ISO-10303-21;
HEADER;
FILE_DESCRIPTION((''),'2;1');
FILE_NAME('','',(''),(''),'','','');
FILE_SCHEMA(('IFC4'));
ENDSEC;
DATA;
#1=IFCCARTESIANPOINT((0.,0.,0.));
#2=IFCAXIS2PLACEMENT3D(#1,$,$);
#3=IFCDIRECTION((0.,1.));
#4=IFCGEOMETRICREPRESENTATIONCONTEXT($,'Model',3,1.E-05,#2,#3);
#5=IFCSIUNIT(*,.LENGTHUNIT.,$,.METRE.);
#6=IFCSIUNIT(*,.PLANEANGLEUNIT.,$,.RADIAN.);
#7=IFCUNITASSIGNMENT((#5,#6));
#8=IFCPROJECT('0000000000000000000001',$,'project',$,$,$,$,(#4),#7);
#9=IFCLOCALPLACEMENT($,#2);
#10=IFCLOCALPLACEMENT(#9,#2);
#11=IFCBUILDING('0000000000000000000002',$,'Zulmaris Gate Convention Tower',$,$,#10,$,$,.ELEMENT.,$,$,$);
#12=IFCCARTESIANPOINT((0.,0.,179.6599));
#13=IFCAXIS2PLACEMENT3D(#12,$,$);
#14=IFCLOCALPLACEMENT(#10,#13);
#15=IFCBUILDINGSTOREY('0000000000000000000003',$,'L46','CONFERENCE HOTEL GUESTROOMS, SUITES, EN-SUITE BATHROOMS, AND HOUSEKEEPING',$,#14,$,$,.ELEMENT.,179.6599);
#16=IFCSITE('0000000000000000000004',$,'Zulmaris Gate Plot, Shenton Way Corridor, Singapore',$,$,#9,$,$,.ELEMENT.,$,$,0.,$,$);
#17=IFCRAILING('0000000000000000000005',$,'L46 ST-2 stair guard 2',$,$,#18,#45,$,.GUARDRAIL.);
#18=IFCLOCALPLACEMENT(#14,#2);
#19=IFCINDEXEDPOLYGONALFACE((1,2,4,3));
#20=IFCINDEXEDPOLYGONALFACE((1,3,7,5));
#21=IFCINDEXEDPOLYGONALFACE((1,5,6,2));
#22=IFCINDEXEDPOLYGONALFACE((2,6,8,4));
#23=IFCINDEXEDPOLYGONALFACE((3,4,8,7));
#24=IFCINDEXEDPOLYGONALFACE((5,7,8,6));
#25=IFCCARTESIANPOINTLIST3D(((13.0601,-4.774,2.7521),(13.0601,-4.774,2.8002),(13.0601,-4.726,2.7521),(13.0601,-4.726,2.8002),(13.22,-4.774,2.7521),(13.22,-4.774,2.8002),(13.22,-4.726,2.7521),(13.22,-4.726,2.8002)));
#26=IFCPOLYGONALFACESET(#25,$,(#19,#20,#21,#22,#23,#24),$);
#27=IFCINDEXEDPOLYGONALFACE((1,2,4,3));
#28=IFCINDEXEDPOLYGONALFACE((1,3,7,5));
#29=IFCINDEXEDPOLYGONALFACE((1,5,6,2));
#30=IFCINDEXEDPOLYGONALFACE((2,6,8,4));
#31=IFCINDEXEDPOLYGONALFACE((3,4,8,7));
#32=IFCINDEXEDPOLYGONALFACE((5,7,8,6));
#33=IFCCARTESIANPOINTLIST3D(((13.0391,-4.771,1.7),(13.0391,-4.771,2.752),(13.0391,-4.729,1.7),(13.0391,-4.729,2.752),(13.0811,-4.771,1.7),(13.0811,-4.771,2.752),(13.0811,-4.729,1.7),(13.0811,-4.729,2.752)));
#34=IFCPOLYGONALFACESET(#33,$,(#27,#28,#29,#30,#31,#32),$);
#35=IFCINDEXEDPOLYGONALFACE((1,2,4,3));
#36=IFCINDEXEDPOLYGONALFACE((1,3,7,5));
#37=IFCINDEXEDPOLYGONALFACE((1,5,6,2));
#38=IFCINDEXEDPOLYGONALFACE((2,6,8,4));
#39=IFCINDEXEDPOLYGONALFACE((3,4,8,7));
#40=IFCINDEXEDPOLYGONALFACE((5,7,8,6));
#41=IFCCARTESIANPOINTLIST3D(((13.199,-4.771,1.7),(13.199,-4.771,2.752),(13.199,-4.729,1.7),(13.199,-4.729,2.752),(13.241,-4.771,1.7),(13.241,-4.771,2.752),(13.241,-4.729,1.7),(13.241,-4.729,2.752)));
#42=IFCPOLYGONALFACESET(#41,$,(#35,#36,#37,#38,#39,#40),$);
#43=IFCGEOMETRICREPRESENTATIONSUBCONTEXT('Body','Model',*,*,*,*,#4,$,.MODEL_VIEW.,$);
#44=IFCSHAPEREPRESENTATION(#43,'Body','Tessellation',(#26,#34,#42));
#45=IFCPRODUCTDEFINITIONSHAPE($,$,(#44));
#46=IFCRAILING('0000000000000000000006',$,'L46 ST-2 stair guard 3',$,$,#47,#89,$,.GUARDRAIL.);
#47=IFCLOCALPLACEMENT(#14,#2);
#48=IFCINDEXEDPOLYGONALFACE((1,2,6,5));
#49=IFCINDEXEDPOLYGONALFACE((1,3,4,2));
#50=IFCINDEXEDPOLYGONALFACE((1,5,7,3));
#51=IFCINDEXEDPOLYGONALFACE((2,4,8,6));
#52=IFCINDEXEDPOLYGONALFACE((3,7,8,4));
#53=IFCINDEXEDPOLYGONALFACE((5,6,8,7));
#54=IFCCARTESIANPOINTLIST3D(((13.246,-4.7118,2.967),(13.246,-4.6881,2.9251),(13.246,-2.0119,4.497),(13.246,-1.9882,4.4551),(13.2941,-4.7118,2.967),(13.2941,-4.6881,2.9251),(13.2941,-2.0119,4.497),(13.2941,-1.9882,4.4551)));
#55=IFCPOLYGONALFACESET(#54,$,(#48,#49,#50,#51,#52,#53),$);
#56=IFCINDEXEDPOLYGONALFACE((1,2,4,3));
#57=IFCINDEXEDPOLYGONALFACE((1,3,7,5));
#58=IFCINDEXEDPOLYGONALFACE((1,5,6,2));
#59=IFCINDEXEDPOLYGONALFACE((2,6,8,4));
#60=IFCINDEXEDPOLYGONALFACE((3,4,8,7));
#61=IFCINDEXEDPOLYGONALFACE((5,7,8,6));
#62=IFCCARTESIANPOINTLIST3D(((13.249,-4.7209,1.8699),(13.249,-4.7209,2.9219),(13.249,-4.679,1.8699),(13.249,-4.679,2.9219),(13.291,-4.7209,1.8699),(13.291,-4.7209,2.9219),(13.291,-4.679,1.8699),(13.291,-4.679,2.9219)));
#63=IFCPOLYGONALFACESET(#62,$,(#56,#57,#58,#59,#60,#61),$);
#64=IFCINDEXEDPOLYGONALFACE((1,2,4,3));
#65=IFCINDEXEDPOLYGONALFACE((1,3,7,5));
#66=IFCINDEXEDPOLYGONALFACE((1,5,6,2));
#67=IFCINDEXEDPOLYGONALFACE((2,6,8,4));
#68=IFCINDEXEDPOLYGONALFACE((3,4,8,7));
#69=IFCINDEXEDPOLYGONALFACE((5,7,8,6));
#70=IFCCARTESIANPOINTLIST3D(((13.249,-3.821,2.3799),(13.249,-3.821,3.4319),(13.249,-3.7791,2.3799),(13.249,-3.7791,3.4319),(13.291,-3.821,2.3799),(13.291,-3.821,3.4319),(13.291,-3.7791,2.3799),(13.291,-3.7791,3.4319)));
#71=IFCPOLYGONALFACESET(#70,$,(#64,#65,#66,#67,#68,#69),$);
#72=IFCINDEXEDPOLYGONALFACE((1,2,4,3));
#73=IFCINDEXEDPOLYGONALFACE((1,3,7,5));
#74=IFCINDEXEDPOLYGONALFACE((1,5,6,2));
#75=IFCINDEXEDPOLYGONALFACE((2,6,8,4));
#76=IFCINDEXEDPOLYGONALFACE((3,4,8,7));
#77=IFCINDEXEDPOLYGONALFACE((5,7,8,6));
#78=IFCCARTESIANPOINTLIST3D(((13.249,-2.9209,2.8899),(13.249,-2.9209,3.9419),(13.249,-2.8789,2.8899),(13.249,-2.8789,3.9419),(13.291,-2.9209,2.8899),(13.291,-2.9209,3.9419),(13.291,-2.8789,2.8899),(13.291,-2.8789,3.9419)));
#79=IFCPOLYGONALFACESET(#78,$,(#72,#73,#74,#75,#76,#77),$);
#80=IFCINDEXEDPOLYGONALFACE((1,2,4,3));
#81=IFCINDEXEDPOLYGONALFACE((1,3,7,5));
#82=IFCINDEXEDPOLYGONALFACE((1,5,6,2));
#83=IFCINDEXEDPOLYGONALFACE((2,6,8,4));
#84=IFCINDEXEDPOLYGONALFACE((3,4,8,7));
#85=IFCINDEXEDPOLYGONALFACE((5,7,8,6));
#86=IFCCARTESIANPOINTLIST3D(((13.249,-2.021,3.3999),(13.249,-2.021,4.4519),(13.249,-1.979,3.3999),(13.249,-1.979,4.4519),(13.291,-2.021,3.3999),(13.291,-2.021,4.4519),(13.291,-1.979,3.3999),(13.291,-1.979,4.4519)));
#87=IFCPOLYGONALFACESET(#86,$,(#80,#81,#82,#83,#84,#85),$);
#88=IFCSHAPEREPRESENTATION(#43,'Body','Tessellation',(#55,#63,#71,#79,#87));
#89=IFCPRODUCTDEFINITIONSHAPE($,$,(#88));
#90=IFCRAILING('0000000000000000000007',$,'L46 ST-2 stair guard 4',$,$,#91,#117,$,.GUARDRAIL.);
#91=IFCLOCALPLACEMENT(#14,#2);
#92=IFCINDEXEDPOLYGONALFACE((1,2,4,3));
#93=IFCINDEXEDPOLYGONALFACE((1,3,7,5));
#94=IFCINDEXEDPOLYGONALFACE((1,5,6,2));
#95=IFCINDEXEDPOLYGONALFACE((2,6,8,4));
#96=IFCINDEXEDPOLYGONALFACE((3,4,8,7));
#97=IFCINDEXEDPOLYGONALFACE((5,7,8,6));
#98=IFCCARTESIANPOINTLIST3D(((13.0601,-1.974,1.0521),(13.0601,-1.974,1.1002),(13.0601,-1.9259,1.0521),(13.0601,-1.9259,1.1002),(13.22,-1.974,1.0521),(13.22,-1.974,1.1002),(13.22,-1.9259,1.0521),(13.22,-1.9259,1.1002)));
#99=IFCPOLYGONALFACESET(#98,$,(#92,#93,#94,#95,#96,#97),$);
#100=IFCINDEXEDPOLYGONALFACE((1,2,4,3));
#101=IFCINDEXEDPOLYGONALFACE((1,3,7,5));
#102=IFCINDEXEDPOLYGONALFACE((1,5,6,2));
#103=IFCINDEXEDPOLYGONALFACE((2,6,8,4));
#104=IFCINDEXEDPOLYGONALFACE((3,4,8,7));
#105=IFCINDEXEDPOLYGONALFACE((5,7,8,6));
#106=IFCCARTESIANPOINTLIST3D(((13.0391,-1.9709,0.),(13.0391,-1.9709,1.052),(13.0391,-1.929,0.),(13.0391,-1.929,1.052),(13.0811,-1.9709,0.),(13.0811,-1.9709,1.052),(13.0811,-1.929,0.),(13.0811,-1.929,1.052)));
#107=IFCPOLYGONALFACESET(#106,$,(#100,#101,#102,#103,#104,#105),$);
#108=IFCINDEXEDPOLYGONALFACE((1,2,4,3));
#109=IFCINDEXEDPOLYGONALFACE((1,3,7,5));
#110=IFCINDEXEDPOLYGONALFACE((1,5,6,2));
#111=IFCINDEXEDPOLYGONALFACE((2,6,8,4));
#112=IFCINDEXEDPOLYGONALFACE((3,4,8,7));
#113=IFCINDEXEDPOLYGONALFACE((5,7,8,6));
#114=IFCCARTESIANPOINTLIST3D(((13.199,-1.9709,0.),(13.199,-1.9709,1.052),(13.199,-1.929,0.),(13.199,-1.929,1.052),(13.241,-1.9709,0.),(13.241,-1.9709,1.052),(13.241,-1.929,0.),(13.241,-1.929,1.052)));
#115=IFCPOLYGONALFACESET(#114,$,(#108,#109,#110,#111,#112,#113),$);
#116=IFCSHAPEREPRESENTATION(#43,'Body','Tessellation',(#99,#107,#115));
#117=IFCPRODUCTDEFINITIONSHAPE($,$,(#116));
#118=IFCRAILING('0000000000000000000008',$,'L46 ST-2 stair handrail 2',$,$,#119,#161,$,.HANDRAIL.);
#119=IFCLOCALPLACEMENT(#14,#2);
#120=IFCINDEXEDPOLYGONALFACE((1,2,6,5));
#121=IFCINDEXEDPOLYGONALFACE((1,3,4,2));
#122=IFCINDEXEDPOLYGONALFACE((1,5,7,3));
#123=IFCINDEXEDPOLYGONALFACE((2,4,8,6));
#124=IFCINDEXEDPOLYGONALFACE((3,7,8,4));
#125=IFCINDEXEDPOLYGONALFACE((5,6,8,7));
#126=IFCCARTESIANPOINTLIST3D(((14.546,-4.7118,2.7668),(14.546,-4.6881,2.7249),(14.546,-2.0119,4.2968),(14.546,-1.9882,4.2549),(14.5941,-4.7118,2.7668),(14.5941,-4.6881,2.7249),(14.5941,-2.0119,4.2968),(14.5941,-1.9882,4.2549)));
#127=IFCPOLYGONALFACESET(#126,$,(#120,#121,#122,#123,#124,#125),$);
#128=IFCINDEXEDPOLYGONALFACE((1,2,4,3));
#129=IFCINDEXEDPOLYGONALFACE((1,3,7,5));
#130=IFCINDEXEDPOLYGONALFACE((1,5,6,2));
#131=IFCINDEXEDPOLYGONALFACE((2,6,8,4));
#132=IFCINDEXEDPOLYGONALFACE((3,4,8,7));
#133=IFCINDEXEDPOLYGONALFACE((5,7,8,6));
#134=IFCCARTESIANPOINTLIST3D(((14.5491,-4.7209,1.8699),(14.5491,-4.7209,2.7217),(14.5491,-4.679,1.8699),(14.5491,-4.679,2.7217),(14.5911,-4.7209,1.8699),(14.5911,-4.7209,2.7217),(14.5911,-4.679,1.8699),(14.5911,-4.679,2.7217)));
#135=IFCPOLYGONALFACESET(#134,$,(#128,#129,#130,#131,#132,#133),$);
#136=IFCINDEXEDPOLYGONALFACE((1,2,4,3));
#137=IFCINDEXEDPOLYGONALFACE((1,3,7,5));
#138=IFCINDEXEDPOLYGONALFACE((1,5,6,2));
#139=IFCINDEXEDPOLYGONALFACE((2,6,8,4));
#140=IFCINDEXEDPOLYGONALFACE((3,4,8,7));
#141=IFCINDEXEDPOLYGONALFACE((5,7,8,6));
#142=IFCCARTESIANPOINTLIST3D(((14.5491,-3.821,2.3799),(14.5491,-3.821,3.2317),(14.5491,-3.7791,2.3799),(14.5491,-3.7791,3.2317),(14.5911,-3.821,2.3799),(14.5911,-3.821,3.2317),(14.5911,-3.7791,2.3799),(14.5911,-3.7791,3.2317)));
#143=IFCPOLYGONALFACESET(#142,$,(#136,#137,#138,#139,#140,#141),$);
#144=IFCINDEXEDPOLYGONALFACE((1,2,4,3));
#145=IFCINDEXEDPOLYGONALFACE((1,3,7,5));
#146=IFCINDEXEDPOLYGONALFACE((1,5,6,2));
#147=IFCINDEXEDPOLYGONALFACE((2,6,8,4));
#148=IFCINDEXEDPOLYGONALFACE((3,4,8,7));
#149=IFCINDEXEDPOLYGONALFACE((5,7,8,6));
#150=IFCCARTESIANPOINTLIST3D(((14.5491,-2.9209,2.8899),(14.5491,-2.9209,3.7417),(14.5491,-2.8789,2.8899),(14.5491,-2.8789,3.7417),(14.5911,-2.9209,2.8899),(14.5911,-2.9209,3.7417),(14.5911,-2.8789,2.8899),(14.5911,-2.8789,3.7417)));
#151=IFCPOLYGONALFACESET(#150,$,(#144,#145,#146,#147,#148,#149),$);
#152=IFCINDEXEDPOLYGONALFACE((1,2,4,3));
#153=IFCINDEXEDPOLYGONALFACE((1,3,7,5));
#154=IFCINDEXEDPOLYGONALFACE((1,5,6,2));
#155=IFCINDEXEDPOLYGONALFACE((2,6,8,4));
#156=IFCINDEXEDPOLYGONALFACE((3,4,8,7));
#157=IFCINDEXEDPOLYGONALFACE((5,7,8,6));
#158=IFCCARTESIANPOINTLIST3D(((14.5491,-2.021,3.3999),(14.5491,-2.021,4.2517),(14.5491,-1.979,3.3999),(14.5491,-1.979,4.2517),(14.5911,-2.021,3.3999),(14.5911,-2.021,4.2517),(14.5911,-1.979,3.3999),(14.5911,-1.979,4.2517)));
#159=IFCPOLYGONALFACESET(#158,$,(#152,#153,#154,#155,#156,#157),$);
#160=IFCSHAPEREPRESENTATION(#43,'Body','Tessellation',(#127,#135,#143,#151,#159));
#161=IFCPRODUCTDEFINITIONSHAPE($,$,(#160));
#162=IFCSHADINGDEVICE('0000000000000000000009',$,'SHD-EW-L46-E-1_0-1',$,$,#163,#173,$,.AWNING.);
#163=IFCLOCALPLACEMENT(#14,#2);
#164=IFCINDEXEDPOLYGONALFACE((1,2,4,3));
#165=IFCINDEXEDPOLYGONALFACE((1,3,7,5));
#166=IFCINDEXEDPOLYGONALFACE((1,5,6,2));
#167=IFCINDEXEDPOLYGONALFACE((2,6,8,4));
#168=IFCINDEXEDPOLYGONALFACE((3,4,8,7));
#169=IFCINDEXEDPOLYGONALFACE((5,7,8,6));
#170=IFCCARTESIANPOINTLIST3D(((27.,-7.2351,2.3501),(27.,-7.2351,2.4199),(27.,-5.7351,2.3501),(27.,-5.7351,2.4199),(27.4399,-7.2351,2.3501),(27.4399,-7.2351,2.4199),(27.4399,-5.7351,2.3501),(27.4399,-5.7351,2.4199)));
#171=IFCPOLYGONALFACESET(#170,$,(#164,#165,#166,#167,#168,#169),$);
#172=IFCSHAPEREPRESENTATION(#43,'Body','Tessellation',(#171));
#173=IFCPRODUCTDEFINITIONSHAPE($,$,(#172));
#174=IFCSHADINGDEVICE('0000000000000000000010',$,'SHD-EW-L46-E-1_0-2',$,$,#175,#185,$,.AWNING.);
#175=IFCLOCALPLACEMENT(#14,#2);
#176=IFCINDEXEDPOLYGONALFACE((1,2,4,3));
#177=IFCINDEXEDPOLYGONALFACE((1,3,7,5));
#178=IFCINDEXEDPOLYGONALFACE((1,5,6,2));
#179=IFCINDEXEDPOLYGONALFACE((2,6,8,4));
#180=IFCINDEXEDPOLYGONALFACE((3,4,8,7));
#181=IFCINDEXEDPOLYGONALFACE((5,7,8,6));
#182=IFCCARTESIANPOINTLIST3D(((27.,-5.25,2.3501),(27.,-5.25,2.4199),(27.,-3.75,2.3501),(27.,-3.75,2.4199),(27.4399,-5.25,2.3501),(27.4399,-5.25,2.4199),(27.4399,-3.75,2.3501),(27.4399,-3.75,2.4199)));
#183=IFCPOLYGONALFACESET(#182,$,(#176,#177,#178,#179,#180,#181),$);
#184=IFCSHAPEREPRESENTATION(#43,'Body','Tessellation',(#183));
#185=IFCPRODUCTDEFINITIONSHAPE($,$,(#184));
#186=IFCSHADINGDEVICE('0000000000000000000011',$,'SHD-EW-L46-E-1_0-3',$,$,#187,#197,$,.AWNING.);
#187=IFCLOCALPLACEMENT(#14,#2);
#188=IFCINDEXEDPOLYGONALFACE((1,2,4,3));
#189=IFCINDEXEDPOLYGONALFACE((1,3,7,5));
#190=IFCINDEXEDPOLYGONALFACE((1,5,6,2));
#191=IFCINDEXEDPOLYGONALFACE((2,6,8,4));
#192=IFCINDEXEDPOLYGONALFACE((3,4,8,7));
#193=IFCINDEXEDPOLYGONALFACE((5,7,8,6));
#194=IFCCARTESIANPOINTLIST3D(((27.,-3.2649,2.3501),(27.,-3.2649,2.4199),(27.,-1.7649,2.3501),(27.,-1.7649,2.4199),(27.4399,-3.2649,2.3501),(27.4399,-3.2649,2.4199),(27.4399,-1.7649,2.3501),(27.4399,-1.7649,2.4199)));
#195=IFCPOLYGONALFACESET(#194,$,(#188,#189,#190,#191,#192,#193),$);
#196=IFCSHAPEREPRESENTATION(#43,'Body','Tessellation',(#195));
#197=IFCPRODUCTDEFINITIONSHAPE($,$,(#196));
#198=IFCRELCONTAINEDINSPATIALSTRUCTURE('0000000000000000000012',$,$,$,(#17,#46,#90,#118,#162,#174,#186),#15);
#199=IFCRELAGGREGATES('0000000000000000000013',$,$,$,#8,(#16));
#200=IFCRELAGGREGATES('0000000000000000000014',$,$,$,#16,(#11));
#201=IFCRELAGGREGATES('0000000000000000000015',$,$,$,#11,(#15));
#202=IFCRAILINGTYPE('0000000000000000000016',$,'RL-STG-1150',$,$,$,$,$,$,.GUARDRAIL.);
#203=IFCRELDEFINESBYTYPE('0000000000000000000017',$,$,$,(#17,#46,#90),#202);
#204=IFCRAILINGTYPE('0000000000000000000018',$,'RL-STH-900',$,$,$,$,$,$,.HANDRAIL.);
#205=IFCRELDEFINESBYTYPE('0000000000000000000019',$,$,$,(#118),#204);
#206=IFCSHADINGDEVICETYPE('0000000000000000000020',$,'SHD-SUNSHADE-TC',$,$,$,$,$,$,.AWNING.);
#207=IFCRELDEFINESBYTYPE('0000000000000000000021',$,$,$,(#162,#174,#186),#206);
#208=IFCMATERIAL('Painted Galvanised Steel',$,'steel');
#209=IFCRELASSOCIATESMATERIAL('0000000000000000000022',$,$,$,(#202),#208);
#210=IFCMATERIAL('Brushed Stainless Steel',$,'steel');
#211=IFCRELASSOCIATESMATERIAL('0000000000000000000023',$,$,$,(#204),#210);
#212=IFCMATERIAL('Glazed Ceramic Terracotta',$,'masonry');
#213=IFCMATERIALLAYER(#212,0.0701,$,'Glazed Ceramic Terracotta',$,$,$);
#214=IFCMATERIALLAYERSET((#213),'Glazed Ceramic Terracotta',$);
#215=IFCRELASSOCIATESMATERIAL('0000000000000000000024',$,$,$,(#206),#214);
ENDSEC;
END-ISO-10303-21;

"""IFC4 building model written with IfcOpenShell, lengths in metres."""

from ifc_helpers import new_model, si_unit, direction, frame, frame_2d, origin, origin_2d, place, context, subcontext, project, spatial, rectangle, extrude, material, layer, layer_set, type_object, element, save


model = new_model("IFC4")

# Units and contexts
model_context = context("Model", 3, precision=1e-05, world=origin(), true_north=direction((0.0, 1.0)))
body_context = subcontext(model_context, "Body", "Model", "MODEL_VIEW")
ifc_project = project(units=[si_unit("LENGTHUNIT", "METRE"), si_unit("PLANEANGLEUNIT", "RADIAN")], contexts=[model_context])

# Site, building, storey
site_placement = place(None, origin())
site = spatial("IfcSite", under=ifc_project, at=site_placement, Name="Zulmaris Gate Plot, Shenton Way Corridor, Singapore", CompositionType="ELEMENT", RefElevation=0.0)
building_placement = place(site_placement, origin())
building = spatial("IfcBuilding", under=site, at=building_placement, Name="Zulmaris Gate Convention Tower", CompositionType="ELEMENT")
storey_placement = place(building_placement, frame((0.0, 0.0, 179.6599)))
storey = spatial("IfcBuildingStorey", under=building, at=storey_placement, Name="L46", Description="CONFERENCE HOTEL GUESTROOMS, SUITES, EN-SUITE BATHROOMS, AND HOUSEKEEPING", CompositionType="ELEMENT", Elevation=179.6599)

# Railings
ifc_material_1 = material(Name="Painted Galvanised Steel", Category="steel")
railing_type_1 = type_object("IfcRailingType", Name="RL-STG-1150", PredefinedType="GUARDRAIL", material=ifc_material_1)
railing_1_placement = place(storey_placement, frame((13.0601, -4.75, 1.7)))
element("IfcRailing", 1, at=railing_1_placement, inside=storey, type_object=railing_type_1, Name="L46 ST-2 stair guard 2", PredefinedType="GUARDRAIL", context=body_context, shape_type="SweptSolid", body=[
    extrude(rectangle(XDim=0.0481, YDim=0.0481, at=origin_2d()), frame((0.0, 0.0, 1.0762), z_axis=(1.0, 0.0, 0.0), x_axis=(0.0, 1.0, 0.0)), (0.0, 0.0, 1.0), 0.1599),
    extrude(rectangle(XDim=0.042, YDim=0.042, at=origin_2d()), origin(), (0.0, 0.0, 1.0), 1.052),
    extrude(rectangle(XDim=0.042, YDim=0.042, at=origin_2d()), frame((0.1599, 0.0, 0.0)), (0.0, 0.0, 1.0), 1.052),
])
railing_2_placement = place(storey_placement, frame((13.27, -4.7, 1.8699)))
element("IfcRailing", 2, at=railing_2_placement, inside=storey, type_object=railing_type_1, Name="L46 ST-2 stair guard 3", PredefinedType="GUARDRAIL", context=body_context, shape_type="SweptSolid", body=[
    extrude(rectangle(XDim=0.0481, YDim=0.0481, at=origin_2d()), frame((0.0, 0.0, 1.0762), z_axis=(0.0, 0.870014, 0.493026), x_axis=(-1.0, 0.0, 0.0)), (0.0, 0.0, 1.0), 3.1033),
    extrude(rectangle(XDim=0.042, YDim=0.042, at=origin_2d()), origin(), (0.0, 0.0, 1.0), 1.052),
    extrude(rectangle(XDim=0.042, YDim=0.042, at=origin_2d()), frame((0.0, 0.8999, 0.51)), (0.0, 0.0, 1.0), 1.052),
    extrude(rectangle(XDim=0.042, YDim=0.042, at=origin_2d()), frame((0.0, 1.8, 1.02)), (0.0, 0.0, 1.0), 1.052),
    extrude(rectangle(XDim=0.042, YDim=0.042, at=origin_2d()), frame((0.0, 2.7, 1.53)), (0.0, 0.0, 1.0), 1.052),
])
railing_3_placement = place(storey_placement, frame((13.0601, -1.95, 0.0)))
element("IfcRailing", 3, at=railing_3_placement, inside=storey, type_object=railing_type_1, Name="L46 ST-2 stair guard 4", PredefinedType="GUARDRAIL", context=body_context, shape_type="SweptSolid", body=[
    extrude(rectangle(XDim=0.0481, YDim=0.0481, at=origin_2d()), frame((0.0, 0.0, 1.0762), z_axis=(1.0, 0.0, 0.0), x_axis=(0.0, 1.0, 0.0)), (0.0, 0.0, 1.0), 0.1599),
    extrude(rectangle(XDim=0.042, YDim=0.042, at=origin_2d()), origin(), (0.0, 0.0, 1.0), 1.052),
    extrude(rectangle(XDim=0.042, YDim=0.042, at=origin_2d()), frame((0.1599, 0.0, 0.0)), (0.0, 0.0, 1.0), 1.052),
])
ifc_material_2 = material(Name="Brushed Stainless Steel", Category="steel")
railing_type_2 = type_object("IfcRailingType", Name="RL-STH-900", PredefinedType="HANDRAIL", material=ifc_material_2)
railing_4_placement = place(storey_placement, frame((14.5701, -4.7, 1.8699)))
element("IfcRailing", 4, at=railing_4_placement, inside=storey, type_object=railing_type_2, Name="L46 ST-2 stair handrail 2", PredefinedType="HANDRAIL", context=body_context, shape_type="SweptSolid", body=[
    extrude(rectangle(XDim=0.0481, YDim=0.0481, at=origin_2d()), frame((0.0, 0.0, 0.876), z_axis=(0.0, 0.870014, 0.493026), x_axis=(-1.0, 0.0, 0.0)), (0.0, 0.0, 1.0), 3.1033),
    extrude(rectangle(XDim=0.042, YDim=0.042, at=origin_2d()), origin(), (0.0, 0.0, 1.0), 0.8518),
    extrude(rectangle(XDim=0.042, YDim=0.042, at=origin_2d()), frame((0.0, 0.8999, 0.51)), (0.0, 0.0, 1.0), 0.8518),
    extrude(rectangle(XDim=0.042, YDim=0.042, at=origin_2d()), frame((0.0, 1.8, 1.02)), (0.0, 0.0, 1.0), 0.8518),
    extrude(rectangle(XDim=0.042, YDim=0.042, at=origin_2d()), frame((0.0, 2.7, 1.53)), (0.0, 0.0, 1.0), 0.8518),
])

# Shading devices
ifc_material_3 = material(Name="Glazed Ceramic Terracotta", Category="masonry")
ifc_layer_1 = layer(ifc_material_3, 0.0701, Name="Glazed Ceramic Terracotta")
ifc_layer_set_1 = layer_set([ifc_layer_1], Name="Glazed Ceramic Terracotta")
shading_device_type = type_object("IfcShadingDeviceType", Name="SHD-SUNSHADE-TC", PredefinedType="AWNING", material=ifc_layer_set_1)
for number, where, z_axis, x_axis, name in (
    (5, (27.22, -7.2351, 2.3501), (0.0, 0.0, 1.0), (0.0, 1.0, 0.0), "SHD-EW-L46-E-1_0-1"),
    (6, (27.22, -5.25, 2.3501), (0.0, 0.0, 1.0), (0.0, 1.0, 0.0), "SHD-EW-L46-E-1_0-2"),
    (7, (27.22, -3.2649, 2.3501), (0.0, 0.0, 1.0), (0.0, 1.0, 0.0), "SHD-EW-L46-E-1_0-3"),
):
    element("IfcShadingDevice", number, at=place(storey_placement, frame(where, z_axis=z_axis, x_axis=x_axis)), inside=storey, type_object=shading_device_type, Name=name, PredefinedType="AWNING", context=body_context, shape_type="SweptSolid", body=[
        extrude(rectangle(XDim=1.5, YDim=0.4399, at=frame_2d((0.75, 0.0))), origin(), (0.0, 0.0, 1.0), 0.0698),
    ])

save(model, "model.ifc")
